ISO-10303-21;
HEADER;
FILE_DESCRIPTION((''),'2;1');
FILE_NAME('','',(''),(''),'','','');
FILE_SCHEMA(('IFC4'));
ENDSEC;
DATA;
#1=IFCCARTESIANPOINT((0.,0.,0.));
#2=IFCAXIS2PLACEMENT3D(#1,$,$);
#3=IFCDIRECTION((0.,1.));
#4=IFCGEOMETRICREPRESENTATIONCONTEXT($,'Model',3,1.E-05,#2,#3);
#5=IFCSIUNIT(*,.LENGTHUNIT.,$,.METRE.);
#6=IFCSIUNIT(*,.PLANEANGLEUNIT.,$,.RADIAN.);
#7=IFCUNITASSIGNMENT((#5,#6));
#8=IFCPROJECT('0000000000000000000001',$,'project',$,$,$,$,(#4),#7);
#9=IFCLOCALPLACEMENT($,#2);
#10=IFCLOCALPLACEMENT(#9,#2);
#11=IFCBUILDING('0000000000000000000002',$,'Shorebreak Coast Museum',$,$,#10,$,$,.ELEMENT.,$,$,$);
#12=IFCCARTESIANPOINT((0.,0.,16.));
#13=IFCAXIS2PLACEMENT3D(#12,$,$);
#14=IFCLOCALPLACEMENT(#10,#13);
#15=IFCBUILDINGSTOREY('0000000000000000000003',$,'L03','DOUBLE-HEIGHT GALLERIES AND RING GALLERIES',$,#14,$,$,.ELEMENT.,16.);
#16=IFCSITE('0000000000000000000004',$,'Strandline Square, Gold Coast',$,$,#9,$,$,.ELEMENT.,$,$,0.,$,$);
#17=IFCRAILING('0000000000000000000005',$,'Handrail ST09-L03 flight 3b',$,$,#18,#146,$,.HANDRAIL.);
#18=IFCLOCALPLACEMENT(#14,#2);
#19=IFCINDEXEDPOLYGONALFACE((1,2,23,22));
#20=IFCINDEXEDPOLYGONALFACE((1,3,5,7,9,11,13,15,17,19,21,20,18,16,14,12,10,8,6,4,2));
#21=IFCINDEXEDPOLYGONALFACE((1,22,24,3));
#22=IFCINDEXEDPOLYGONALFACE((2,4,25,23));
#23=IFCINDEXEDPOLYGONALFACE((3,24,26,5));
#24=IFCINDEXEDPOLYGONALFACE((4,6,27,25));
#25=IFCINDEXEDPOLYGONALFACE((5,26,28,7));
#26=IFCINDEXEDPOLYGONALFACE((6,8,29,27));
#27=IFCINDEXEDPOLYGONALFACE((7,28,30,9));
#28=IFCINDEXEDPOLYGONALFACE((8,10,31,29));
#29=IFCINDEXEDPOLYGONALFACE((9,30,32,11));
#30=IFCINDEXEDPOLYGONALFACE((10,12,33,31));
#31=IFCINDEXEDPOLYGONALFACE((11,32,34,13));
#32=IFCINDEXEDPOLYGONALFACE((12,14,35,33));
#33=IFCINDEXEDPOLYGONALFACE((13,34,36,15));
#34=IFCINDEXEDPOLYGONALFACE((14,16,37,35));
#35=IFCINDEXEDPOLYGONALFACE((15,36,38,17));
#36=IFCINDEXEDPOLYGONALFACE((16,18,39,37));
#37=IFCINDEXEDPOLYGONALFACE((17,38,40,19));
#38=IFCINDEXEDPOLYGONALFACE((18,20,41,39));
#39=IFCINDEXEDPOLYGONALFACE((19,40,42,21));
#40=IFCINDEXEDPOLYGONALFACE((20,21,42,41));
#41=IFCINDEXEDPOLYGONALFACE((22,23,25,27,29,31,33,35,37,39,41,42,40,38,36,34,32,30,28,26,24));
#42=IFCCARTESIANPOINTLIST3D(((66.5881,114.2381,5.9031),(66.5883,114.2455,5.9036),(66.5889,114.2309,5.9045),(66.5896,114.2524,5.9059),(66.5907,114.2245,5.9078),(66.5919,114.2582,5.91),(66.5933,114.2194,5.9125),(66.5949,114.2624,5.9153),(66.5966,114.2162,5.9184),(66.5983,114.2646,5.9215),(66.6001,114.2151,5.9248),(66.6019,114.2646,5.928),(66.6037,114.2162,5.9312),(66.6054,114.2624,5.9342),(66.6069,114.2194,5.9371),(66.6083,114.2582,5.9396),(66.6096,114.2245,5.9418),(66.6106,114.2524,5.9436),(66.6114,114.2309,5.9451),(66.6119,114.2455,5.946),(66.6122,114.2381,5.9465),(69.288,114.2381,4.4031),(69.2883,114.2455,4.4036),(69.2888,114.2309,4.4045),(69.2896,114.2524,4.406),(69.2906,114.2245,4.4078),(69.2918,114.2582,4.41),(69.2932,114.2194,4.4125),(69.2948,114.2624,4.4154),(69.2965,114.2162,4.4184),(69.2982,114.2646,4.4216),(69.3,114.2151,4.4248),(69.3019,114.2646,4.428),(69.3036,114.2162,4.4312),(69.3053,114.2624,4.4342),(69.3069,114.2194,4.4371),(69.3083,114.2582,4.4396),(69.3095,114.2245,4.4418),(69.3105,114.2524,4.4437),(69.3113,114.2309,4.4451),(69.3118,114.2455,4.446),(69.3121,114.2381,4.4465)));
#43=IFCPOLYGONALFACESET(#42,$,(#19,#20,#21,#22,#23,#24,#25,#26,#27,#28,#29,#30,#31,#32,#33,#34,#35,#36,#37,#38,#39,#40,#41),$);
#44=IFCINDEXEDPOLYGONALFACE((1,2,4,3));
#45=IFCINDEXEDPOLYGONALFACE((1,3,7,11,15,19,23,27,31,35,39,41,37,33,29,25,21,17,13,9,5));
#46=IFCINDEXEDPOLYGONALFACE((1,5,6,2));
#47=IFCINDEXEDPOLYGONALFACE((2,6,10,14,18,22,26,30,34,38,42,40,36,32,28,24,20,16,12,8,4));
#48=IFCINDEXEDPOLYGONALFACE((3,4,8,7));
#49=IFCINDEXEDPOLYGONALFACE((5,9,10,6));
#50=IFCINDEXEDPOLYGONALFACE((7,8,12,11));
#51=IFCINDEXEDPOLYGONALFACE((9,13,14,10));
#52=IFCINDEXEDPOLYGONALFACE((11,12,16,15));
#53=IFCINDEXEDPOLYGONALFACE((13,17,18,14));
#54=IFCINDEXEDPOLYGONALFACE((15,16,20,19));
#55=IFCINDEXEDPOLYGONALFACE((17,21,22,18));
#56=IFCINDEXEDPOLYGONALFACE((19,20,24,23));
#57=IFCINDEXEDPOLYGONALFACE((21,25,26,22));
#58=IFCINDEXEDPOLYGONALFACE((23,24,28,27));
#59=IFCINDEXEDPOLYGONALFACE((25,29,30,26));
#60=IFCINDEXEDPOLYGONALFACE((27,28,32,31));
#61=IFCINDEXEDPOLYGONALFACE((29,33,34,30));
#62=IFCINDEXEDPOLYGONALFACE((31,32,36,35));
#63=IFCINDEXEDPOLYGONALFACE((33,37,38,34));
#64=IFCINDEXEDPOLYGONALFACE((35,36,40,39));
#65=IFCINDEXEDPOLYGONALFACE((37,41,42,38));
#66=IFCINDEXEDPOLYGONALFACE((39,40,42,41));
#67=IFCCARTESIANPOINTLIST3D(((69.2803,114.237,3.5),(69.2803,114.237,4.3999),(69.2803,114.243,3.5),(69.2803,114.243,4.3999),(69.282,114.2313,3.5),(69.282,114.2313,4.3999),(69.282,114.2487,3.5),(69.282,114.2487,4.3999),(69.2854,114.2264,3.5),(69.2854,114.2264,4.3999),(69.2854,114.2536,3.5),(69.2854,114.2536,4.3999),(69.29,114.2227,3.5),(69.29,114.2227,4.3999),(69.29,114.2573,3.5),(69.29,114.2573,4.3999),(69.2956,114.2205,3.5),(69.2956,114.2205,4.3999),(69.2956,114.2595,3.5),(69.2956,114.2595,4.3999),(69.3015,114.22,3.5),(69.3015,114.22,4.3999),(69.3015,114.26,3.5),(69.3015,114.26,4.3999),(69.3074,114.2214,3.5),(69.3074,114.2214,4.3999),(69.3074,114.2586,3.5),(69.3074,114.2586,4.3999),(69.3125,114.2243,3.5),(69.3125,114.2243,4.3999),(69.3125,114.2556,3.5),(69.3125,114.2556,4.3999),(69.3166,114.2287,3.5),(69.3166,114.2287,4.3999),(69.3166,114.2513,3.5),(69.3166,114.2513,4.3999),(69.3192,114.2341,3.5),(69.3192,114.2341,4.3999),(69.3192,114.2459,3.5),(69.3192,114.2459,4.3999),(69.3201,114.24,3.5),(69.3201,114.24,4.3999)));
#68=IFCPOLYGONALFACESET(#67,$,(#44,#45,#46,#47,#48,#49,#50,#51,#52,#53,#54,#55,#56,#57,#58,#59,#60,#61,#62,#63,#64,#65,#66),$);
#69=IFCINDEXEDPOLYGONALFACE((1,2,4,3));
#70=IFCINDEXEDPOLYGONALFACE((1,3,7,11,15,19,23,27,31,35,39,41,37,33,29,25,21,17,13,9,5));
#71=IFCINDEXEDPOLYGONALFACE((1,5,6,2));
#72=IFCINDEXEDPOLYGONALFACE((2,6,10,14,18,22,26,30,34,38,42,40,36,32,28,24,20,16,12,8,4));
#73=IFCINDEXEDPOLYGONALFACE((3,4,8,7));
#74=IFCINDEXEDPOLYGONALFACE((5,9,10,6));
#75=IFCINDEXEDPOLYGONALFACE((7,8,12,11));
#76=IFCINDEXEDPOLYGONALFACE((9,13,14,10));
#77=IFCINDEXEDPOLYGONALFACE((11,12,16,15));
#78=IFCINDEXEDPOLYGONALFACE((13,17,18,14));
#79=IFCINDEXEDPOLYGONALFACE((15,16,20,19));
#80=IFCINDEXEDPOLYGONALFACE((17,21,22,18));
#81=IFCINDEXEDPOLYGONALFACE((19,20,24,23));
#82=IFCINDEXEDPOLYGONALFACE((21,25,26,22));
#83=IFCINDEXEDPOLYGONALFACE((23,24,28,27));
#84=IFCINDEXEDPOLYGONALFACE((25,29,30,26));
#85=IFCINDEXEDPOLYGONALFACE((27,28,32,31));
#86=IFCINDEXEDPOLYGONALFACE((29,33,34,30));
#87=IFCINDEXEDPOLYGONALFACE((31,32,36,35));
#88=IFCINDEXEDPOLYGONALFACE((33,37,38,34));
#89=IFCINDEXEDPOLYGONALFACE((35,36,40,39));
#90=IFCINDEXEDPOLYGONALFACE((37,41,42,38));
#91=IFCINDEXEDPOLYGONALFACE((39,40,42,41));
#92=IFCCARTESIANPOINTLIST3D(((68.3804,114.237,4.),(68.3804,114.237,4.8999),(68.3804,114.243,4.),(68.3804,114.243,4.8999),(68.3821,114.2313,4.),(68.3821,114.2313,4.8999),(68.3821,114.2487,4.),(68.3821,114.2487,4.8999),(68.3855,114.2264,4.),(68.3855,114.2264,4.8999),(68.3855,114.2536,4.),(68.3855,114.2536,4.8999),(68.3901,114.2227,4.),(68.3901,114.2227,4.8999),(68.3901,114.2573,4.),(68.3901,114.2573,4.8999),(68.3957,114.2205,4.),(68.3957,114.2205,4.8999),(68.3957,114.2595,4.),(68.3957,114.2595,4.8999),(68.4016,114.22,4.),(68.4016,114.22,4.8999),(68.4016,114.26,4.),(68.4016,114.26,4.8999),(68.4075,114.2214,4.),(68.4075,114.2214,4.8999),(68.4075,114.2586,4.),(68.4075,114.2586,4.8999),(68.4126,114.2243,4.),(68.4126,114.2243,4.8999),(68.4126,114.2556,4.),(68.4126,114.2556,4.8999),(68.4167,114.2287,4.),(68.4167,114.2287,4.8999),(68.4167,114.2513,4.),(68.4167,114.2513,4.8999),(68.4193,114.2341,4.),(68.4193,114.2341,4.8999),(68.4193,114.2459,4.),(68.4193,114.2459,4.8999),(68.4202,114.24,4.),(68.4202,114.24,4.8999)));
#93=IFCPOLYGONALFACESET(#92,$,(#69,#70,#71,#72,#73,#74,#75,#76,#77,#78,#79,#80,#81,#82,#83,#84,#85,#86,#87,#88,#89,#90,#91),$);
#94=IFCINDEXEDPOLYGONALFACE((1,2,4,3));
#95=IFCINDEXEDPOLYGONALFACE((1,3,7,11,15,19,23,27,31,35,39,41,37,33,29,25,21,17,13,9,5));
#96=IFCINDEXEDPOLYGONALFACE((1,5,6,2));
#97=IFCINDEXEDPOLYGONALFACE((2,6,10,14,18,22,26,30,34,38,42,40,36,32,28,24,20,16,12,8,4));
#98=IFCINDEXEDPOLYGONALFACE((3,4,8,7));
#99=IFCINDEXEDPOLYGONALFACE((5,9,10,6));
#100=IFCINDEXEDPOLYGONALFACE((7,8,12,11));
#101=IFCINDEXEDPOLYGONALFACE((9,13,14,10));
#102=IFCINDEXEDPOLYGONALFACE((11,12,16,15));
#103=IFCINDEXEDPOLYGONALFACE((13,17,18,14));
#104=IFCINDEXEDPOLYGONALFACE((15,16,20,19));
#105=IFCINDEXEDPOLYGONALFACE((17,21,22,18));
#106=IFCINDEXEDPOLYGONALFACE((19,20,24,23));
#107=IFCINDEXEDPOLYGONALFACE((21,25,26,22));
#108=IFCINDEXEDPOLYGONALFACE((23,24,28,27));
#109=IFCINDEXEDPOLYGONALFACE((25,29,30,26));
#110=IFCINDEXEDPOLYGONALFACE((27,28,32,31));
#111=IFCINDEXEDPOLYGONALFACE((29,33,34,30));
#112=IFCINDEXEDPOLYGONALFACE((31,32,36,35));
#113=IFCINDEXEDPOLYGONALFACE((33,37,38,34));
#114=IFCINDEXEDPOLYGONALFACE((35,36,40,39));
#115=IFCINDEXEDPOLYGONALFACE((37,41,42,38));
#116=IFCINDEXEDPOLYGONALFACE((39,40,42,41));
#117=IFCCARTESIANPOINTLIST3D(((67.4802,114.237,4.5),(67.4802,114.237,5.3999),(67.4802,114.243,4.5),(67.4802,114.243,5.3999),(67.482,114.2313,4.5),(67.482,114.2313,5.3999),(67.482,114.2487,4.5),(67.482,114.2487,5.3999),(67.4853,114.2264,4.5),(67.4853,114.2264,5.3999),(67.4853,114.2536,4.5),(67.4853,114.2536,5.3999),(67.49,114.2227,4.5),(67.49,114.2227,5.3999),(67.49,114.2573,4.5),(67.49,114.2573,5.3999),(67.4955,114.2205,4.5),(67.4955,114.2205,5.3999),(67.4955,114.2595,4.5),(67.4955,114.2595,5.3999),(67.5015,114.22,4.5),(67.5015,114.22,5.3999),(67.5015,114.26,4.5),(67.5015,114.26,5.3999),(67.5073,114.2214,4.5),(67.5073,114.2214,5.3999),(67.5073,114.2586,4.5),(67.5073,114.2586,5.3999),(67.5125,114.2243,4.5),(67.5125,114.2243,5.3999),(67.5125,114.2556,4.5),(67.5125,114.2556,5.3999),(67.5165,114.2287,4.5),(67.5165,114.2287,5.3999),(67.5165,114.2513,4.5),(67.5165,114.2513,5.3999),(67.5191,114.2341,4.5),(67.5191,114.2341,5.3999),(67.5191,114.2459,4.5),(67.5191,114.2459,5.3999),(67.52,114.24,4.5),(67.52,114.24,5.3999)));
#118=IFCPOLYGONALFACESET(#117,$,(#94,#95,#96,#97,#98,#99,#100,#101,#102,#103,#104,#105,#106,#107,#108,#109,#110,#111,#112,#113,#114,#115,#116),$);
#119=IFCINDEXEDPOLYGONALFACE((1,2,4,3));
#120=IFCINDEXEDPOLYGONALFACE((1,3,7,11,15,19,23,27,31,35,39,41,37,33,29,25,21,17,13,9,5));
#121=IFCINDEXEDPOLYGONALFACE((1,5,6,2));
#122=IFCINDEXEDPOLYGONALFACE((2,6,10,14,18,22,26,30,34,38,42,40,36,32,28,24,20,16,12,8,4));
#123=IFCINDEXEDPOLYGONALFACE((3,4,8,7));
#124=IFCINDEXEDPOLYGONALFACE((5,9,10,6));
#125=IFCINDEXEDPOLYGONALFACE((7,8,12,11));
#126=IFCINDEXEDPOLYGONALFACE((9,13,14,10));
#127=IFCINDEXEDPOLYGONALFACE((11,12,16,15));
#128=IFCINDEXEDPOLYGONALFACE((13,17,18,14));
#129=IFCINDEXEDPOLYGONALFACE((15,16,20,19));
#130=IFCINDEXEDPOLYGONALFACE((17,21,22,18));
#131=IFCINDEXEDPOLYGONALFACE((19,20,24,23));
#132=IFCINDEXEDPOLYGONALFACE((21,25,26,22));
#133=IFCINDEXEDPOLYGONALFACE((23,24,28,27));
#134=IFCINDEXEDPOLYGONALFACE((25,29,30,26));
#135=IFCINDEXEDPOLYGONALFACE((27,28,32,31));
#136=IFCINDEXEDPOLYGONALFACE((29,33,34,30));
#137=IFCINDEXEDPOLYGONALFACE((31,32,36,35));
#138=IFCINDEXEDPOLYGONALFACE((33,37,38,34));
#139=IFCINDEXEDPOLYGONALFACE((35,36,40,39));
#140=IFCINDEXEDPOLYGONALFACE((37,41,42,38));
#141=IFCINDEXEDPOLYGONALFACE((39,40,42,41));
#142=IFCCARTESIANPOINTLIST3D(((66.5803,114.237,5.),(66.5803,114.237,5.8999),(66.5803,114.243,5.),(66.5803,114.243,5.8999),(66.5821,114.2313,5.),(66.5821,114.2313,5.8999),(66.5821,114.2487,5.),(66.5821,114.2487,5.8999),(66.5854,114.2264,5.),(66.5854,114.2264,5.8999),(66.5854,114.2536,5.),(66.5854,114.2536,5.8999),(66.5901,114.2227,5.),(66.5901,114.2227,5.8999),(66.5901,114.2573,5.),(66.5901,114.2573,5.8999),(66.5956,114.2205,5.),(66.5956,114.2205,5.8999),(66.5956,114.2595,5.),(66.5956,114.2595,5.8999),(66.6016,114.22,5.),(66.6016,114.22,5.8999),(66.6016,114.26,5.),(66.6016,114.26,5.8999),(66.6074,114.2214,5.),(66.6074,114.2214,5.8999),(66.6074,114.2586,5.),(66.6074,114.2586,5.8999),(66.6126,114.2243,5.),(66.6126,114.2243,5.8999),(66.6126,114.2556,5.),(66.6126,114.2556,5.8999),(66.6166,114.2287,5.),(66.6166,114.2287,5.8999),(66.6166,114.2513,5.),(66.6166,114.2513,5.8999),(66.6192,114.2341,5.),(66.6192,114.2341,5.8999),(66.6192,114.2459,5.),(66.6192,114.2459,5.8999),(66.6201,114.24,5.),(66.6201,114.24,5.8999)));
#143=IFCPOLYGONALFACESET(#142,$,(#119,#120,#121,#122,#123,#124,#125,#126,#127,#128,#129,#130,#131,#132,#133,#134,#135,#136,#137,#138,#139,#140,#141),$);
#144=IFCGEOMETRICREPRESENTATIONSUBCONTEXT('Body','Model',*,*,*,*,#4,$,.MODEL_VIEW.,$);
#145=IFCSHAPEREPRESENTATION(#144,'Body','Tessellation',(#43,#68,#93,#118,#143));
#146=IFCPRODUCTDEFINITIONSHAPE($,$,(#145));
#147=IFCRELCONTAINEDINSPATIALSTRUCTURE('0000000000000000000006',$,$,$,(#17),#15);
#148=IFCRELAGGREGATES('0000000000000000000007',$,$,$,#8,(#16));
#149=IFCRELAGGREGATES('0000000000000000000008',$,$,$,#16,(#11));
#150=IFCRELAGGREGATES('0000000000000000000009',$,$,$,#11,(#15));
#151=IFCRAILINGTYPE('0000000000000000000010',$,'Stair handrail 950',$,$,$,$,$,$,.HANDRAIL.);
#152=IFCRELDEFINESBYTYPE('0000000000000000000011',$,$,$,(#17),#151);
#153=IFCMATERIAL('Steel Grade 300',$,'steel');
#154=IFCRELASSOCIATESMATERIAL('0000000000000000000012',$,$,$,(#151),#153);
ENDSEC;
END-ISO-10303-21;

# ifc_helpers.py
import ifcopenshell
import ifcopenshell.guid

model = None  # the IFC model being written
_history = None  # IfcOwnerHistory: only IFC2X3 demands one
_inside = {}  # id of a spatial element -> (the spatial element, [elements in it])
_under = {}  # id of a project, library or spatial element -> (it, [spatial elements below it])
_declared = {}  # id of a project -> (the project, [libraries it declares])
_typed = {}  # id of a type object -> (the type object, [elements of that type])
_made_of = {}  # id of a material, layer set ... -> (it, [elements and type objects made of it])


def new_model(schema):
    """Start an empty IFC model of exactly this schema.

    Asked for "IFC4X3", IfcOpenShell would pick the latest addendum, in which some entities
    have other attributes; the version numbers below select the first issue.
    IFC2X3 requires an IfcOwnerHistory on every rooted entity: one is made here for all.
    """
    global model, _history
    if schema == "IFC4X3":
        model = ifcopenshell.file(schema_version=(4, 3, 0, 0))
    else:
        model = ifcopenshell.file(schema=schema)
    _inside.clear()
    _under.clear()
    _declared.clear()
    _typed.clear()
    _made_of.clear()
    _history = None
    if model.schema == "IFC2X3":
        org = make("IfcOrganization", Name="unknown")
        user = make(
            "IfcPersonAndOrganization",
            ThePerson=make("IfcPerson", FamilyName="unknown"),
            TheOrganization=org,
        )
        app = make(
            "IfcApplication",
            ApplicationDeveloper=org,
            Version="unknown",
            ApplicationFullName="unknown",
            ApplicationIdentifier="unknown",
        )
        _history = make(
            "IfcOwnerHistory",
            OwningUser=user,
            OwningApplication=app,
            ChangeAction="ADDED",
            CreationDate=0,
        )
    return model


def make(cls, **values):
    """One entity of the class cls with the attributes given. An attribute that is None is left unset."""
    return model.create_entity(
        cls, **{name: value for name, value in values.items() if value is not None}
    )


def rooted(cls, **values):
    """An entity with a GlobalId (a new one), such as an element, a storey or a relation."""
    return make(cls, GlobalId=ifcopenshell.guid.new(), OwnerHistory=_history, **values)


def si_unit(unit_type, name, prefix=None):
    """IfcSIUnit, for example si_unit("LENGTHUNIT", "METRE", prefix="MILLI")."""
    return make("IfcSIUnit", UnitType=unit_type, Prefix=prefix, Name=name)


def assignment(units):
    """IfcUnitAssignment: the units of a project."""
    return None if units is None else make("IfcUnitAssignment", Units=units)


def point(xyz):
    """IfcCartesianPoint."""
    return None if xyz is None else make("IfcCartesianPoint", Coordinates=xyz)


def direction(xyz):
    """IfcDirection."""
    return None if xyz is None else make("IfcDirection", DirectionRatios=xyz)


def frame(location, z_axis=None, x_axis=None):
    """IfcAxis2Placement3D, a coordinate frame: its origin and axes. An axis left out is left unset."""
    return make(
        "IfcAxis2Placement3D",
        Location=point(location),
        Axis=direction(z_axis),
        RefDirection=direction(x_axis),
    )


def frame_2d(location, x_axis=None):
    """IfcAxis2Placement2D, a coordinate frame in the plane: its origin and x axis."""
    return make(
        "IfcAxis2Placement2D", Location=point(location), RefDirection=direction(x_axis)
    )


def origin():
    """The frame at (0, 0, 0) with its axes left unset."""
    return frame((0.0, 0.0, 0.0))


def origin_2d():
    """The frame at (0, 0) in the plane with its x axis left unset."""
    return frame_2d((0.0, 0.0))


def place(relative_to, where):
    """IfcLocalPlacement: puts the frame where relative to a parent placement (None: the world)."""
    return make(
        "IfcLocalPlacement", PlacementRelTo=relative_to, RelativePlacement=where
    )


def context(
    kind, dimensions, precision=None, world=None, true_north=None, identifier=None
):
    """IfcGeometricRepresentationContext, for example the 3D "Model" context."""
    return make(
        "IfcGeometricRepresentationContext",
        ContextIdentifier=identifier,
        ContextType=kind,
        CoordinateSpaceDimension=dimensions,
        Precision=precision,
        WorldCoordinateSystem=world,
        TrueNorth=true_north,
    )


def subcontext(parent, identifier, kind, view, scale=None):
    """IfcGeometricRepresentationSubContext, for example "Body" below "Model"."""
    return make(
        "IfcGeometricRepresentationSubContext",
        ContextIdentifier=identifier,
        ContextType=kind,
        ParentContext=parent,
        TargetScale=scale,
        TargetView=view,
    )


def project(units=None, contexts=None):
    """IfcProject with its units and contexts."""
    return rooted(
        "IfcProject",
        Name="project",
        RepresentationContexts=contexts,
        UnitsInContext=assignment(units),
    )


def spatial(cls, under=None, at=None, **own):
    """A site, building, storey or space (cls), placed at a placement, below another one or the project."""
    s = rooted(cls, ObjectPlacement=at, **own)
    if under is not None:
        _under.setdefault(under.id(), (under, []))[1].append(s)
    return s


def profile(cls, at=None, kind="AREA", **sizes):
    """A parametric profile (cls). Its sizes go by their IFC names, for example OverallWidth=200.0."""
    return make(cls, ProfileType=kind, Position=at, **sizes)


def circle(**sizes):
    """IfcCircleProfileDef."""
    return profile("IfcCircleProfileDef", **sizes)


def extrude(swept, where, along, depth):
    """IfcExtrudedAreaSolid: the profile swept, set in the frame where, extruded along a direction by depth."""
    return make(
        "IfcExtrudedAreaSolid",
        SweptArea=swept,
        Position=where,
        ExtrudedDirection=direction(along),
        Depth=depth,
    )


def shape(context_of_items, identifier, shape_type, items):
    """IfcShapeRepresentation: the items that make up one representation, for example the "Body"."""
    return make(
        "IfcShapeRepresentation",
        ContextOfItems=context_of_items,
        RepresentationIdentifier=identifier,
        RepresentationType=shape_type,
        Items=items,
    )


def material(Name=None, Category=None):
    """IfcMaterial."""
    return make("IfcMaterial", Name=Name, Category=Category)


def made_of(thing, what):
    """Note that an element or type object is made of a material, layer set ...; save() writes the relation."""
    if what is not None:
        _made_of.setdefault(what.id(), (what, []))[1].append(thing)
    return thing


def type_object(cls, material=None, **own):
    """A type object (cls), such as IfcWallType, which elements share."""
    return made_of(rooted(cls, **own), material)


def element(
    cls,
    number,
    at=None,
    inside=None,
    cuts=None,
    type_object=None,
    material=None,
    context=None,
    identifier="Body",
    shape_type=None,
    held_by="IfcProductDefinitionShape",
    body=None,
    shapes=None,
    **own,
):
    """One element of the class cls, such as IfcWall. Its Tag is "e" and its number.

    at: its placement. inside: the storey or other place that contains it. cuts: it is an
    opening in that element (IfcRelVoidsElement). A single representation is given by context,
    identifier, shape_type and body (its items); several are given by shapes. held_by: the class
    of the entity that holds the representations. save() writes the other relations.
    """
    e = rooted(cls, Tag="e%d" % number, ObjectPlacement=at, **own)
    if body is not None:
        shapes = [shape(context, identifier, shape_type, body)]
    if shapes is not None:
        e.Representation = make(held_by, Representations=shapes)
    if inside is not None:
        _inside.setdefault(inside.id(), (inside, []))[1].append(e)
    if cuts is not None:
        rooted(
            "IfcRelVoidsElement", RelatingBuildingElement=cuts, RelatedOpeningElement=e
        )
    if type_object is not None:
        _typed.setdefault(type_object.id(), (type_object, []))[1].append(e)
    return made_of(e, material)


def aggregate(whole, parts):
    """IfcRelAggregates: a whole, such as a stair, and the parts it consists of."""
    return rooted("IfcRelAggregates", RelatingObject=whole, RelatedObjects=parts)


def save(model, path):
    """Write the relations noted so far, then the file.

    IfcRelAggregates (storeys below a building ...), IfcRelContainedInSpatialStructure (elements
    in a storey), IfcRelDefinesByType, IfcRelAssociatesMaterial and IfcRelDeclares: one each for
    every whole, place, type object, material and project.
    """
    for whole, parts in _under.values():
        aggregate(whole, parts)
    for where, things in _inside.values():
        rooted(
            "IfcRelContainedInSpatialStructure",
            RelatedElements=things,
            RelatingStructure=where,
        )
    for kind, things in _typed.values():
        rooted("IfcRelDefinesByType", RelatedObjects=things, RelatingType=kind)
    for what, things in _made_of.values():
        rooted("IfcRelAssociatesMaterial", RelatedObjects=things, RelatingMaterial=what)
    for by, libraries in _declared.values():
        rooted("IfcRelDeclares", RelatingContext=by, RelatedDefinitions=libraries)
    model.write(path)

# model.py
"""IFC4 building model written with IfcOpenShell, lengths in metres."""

from ifc_helpers import new_model, si_unit, direction, frame, origin, origin_2d, place, context, subcontext, project, spatial, circle, extrude, material, type_object, element, save


model = new_model("IFC4")

# Units and contexts
model_context = context("Model", 3, precision=1e-05, world=origin(), true_north=direction((0.0, 1.0)))
body_context = subcontext(model_context, "Body", "Model", "MODEL_VIEW")
ifc_project = project(units=[si_unit("LENGTHUNIT", "METRE"), si_unit("PLANEANGLEUNIT", "RADIAN")], contexts=[model_context])

# Site, building, storey
site_placement = place(None, origin())
site = spatial("IfcSite", under=ifc_project, at=site_placement, Name="Strandline Square, Gold Coast", CompositionType="ELEMENT", RefElevation=0.0)
building_placement = place(site_placement, origin())
building = spatial("IfcBuilding", under=site, at=building_placement, Name="Shorebreak Coast Museum", CompositionType="ELEMENT")
storey_placement = place(building_placement, frame((0.0, 0.0, 16.0)))
storey = spatial("IfcBuildingStorey", under=building, at=storey_placement, Name="L03", Description="DOUBLE-HEIGHT GALLERIES AND RING GALLERIES", CompositionType="ELEMENT", Elevation=16.0)

# Railing
ifc_material_1 = material(Name="Steel Grade 300", Category="steel")
railing_type_1 = type_object("IfcRailingType", Name="Stair handrail 950", PredefinedType="HANDRAIL", material=ifc_material_1)
for number, where, name in (
    (1, (69.3, 114.24, 3.5), "Handrail ST09-L03 flight 3b"),
):
    element("IfcRailing", number, at=place(storey_placement, frame(where)), inside=storey, type_object=railing_type_1, Name=name, PredefinedType="HANDRAIL", context=body_context, shape_type="SweptSolid", body=[
        extrude(circle(Radius=0.0249, at=origin_2d()), frame((0.0, 0.0, 0.9248), z_axis=(-0.874154, 0.0, 0.48565), x_axis=(0.0, -1.0, 0.0)), (0.0, 0.0, 1.0), 3.0886),
        extrude(circle(Radius=0.02, at=origin_2d()), origin(), (0.0, 0.0, 1.0), 0.8999),
        extrude(circle(Radius=0.02, at=origin_2d()), frame((-0.8999, 0.0, 0.5)), (0.0, 0.0, 1.0), 0.8999),
        extrude(circle(Radius=0.02, at=origin_2d()), frame((-1.8, 0.0, 1.0)), (0.0, 0.0, 1.0), 0.8999),
        extrude(circle(Radius=0.02, at=origin_2d()), frame((-2.7, 0.0, 1.5)), (0.0, 0.0, 1.0), 0.8999),
    ])

save(model, "model.ifc")
